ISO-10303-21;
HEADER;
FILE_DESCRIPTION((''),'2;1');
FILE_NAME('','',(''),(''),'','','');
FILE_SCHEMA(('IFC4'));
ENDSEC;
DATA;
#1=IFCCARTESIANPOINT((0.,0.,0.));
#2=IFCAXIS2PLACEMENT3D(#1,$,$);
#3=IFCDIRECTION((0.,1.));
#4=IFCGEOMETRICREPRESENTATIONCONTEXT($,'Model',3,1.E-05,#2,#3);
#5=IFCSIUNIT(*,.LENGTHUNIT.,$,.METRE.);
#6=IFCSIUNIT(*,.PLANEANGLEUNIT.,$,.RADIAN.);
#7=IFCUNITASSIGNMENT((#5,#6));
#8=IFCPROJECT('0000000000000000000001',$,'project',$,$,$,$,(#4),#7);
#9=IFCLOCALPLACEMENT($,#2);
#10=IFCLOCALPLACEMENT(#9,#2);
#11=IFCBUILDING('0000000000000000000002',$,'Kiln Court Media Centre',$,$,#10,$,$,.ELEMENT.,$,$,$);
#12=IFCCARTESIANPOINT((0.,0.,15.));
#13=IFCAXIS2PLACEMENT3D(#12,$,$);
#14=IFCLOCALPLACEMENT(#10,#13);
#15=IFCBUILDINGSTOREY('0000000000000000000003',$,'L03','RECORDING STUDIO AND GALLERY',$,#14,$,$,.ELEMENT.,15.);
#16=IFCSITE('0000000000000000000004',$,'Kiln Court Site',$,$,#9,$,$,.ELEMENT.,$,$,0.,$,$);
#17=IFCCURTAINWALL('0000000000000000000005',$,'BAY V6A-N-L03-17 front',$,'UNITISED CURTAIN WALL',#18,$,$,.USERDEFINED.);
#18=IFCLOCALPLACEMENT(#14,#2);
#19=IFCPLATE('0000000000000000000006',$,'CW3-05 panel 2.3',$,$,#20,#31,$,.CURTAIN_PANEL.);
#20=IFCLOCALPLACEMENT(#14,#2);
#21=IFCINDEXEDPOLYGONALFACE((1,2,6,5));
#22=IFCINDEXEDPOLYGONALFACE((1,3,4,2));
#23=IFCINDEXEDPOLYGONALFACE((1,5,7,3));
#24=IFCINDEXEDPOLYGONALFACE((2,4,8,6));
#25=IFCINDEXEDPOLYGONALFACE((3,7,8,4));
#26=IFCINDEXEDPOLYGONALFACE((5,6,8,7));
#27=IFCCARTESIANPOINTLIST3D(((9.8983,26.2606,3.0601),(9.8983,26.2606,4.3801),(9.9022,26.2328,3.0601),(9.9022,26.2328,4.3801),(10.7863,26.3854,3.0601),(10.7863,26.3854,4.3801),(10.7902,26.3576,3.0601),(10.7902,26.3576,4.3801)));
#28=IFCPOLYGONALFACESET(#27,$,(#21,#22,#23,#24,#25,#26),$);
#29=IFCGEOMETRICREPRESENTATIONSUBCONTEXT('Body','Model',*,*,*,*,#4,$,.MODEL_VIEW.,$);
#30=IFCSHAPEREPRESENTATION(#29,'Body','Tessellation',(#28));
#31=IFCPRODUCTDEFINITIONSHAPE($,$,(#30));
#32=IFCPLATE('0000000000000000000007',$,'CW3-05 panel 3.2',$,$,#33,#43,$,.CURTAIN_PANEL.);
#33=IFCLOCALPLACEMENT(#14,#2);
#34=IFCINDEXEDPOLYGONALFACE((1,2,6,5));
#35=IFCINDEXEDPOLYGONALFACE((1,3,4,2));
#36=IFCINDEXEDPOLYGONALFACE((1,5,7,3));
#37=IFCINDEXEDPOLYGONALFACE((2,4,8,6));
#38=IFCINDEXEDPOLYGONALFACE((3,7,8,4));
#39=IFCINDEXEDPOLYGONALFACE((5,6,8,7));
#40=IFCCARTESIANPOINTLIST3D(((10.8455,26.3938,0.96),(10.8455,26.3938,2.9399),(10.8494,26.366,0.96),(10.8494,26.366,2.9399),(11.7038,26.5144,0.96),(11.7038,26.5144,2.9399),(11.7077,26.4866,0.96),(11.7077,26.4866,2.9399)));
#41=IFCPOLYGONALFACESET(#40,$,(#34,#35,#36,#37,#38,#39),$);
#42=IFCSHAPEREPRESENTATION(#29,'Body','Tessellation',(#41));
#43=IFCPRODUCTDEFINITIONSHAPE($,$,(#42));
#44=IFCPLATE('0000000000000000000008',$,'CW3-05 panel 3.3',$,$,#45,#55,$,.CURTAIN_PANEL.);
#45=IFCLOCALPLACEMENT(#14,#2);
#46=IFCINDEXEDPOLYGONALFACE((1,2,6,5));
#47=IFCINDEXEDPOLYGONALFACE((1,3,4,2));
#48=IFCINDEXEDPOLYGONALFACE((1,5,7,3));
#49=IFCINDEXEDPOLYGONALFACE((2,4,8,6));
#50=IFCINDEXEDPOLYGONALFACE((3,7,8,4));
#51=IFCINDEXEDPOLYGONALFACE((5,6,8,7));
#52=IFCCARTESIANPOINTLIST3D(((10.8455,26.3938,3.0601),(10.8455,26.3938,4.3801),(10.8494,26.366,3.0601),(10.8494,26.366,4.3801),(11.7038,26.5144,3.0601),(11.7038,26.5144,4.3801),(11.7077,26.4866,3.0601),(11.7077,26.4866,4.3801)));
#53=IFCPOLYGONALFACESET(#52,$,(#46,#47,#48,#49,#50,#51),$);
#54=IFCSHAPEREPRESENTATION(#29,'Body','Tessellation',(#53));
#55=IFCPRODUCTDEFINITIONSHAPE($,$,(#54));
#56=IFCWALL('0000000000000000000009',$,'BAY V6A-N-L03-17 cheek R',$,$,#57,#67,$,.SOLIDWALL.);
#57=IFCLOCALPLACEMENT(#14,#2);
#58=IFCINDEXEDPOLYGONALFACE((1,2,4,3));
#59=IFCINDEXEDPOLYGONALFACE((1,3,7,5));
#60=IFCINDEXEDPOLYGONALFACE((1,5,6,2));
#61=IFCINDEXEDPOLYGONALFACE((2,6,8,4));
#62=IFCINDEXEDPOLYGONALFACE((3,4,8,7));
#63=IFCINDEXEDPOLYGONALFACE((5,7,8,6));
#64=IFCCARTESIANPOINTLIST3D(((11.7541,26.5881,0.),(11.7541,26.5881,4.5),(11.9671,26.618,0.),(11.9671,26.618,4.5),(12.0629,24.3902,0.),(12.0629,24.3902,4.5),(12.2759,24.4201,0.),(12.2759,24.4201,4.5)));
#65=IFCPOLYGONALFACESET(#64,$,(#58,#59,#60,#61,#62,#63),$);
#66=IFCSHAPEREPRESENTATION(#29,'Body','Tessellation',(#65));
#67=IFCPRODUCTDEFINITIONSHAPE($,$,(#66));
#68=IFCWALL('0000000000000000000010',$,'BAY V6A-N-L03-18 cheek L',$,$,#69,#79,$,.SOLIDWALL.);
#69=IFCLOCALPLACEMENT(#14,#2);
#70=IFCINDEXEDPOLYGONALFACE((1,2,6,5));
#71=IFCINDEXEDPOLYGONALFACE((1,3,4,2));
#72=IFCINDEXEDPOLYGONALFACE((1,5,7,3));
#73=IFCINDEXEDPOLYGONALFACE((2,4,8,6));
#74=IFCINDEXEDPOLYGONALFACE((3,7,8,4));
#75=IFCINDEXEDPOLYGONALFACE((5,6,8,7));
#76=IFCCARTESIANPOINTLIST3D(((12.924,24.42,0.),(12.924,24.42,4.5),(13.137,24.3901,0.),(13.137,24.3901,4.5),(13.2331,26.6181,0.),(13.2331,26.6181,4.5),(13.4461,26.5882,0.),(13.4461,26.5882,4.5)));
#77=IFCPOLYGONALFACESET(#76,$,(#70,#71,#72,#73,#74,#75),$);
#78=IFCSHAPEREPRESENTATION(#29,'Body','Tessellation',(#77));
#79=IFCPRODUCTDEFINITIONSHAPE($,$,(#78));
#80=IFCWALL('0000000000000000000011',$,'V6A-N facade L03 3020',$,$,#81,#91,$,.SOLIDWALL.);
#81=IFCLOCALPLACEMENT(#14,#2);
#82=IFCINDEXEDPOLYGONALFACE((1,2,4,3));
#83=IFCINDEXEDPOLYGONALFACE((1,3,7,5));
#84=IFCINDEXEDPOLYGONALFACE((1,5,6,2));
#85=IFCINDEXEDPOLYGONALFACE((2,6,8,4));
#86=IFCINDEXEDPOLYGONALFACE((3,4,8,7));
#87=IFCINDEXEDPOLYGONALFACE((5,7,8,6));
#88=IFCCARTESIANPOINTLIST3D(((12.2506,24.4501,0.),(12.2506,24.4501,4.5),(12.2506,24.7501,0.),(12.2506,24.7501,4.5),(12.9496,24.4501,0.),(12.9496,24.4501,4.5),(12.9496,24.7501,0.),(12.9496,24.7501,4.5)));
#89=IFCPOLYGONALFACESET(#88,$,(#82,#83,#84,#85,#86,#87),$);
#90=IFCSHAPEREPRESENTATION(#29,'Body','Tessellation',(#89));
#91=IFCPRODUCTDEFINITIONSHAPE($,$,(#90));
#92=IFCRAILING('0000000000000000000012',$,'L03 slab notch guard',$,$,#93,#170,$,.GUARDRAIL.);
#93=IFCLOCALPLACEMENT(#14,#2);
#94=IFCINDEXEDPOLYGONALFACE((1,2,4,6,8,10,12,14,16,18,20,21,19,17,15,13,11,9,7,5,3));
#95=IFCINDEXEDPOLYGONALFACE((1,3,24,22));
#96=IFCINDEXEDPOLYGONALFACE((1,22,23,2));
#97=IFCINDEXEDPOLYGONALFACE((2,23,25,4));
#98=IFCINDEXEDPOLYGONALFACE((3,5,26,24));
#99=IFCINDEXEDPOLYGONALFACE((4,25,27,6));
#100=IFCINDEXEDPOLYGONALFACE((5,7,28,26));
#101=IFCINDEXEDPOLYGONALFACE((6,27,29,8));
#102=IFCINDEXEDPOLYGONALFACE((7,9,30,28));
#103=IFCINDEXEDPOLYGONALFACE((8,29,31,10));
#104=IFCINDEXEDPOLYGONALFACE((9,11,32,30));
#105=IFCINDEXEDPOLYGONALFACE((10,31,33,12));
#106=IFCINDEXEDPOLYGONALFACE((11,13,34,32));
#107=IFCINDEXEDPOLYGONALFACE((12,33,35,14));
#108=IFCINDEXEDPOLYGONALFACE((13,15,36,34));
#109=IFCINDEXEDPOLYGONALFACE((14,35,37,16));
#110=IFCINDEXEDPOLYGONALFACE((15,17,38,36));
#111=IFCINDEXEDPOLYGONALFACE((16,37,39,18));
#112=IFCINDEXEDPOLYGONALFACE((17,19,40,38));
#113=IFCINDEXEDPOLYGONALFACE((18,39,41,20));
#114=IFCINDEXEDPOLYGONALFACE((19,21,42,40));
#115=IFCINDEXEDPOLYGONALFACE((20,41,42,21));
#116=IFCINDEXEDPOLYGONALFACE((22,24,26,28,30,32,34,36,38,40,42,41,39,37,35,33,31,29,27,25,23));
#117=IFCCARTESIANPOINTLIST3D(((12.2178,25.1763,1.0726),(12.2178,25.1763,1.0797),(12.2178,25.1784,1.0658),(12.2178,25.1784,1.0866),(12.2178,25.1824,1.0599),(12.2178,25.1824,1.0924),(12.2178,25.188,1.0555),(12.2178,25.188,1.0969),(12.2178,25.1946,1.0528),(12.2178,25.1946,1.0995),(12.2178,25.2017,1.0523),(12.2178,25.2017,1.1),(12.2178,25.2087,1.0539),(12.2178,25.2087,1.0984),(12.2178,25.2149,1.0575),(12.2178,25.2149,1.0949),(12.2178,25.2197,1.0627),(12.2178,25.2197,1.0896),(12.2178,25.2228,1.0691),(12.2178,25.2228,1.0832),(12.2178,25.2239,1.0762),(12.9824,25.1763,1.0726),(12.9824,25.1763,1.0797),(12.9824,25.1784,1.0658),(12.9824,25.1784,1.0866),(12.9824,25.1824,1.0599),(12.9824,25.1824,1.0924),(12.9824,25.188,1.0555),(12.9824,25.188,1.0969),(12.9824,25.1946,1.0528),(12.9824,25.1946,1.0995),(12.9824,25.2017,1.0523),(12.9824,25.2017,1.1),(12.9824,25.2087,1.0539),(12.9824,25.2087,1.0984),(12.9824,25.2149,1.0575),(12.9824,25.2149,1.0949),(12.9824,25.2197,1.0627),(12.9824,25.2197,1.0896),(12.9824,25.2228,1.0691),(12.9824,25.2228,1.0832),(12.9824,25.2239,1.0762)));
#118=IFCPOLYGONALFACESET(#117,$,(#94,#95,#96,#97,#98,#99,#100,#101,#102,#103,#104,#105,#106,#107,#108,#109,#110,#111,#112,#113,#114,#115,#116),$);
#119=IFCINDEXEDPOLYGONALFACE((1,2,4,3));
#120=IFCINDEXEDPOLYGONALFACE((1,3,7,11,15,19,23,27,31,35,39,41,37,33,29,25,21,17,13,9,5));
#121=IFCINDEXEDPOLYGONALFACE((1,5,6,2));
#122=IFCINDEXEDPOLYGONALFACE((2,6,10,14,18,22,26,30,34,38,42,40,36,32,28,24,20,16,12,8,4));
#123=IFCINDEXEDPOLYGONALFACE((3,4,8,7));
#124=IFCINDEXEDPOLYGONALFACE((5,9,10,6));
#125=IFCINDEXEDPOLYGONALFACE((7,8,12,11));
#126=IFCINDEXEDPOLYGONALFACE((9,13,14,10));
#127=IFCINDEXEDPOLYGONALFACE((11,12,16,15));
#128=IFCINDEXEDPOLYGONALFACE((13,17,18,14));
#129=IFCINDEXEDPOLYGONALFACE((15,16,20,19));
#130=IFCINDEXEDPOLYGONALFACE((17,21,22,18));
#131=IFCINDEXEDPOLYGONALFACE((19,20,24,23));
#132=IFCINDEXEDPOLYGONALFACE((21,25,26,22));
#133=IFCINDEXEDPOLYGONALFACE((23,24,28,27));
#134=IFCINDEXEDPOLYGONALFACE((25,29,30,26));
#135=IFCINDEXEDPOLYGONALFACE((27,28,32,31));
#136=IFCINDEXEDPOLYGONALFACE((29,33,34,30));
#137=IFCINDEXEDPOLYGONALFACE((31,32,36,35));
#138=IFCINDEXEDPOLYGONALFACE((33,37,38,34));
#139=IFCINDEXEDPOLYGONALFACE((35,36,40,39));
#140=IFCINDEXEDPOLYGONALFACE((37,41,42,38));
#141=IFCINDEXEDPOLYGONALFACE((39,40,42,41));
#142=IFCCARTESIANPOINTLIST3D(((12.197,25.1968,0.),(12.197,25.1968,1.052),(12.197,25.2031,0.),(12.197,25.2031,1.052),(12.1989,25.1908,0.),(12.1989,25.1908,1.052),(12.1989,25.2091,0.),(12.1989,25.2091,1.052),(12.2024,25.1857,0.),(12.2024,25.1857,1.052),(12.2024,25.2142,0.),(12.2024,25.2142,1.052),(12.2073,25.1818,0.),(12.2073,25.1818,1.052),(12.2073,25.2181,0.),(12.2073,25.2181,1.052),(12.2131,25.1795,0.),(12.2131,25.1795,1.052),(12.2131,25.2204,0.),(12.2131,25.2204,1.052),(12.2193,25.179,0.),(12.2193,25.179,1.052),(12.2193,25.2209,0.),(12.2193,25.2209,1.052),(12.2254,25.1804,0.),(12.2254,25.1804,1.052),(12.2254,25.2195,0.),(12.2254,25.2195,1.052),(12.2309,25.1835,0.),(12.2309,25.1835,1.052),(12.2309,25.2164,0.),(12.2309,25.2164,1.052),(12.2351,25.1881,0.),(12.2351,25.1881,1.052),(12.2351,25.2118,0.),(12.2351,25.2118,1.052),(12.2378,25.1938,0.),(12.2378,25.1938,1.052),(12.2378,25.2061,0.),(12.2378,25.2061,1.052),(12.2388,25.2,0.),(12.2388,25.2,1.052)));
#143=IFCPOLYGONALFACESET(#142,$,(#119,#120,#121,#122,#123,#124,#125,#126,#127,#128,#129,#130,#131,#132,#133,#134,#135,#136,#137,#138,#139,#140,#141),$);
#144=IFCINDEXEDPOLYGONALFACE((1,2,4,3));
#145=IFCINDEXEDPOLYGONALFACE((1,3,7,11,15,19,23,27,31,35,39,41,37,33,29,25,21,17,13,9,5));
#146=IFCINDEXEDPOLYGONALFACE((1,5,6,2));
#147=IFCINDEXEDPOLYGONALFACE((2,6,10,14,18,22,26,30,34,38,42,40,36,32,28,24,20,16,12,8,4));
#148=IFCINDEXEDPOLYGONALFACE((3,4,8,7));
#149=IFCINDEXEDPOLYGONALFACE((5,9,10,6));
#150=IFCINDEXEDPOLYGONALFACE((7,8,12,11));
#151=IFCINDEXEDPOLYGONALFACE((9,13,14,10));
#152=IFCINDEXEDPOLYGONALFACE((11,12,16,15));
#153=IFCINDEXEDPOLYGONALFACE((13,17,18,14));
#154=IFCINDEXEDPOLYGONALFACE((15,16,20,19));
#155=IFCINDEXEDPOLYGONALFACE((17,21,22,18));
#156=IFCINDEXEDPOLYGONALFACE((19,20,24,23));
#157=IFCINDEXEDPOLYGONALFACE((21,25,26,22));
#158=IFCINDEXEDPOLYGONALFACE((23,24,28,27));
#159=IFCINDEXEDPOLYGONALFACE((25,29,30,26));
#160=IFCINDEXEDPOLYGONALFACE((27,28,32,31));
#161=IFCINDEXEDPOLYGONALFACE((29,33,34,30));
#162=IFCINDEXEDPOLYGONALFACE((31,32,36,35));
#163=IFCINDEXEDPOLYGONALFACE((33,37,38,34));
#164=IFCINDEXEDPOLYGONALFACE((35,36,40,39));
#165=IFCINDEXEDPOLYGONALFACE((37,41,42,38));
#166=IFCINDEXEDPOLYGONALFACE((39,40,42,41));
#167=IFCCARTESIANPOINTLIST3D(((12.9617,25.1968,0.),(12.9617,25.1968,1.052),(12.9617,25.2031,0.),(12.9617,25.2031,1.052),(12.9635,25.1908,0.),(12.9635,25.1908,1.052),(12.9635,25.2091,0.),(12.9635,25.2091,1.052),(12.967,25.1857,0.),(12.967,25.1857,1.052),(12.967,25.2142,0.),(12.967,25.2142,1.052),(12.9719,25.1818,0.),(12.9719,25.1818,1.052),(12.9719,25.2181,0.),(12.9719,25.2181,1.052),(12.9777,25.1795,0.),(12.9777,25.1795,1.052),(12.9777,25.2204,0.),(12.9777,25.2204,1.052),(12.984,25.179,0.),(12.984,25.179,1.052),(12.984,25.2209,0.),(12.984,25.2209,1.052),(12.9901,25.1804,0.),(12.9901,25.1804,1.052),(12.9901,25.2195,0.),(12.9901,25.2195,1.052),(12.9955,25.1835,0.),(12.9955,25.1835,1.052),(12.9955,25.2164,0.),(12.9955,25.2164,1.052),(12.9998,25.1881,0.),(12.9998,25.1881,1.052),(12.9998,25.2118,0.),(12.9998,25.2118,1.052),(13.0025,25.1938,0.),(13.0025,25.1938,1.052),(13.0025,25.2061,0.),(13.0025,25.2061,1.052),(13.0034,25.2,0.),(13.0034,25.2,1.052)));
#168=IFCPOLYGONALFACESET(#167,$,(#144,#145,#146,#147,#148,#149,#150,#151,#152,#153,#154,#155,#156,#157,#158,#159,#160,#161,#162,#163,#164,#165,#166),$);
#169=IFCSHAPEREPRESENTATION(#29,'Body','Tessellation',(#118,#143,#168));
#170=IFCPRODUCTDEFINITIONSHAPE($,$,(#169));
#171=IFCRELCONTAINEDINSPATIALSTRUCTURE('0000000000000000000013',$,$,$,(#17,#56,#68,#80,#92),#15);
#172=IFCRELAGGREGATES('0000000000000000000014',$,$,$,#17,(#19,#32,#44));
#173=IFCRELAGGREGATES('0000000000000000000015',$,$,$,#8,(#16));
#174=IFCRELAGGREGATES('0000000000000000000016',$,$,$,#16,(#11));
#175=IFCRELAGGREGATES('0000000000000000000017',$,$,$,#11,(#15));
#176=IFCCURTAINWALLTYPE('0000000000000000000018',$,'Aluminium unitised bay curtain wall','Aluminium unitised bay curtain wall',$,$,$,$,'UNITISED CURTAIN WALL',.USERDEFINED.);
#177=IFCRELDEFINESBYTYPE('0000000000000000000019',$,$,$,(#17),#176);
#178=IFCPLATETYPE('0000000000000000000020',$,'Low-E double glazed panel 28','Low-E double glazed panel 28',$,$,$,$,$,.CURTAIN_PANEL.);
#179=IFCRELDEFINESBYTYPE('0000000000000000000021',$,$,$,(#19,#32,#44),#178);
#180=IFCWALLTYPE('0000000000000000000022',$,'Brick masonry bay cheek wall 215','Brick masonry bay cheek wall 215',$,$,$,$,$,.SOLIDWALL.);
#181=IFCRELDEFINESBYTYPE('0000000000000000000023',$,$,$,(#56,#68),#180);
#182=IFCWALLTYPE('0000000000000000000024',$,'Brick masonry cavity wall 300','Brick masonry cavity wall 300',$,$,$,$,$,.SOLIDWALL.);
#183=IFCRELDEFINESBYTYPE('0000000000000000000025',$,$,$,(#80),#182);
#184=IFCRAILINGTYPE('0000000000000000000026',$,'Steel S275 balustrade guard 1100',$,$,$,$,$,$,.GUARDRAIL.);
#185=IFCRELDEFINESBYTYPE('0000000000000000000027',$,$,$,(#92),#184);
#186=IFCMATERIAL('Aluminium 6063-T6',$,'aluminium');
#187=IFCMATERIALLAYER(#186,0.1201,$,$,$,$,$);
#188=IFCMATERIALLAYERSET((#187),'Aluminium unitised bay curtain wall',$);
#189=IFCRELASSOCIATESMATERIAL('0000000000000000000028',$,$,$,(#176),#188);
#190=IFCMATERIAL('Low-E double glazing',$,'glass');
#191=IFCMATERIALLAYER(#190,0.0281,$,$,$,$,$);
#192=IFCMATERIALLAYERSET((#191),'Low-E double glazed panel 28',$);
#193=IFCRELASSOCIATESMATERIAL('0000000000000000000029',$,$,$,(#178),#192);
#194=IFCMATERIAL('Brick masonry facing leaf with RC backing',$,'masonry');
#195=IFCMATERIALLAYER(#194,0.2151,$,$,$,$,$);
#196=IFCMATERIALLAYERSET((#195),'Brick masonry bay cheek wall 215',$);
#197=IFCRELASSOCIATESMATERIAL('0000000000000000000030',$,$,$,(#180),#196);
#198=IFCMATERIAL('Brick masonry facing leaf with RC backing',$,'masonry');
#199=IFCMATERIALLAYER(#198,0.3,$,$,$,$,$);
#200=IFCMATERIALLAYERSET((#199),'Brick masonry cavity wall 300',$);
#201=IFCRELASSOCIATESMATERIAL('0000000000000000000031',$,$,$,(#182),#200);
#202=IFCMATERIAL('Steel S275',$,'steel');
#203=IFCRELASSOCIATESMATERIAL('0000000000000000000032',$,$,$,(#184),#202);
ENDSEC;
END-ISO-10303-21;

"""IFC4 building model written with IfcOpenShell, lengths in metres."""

from ifc_helpers import new_model, si_unit, direction, frame, frame_2d, origin, origin_2d, place, context, subcontext, project, spatial, rectangle, circle, extrude, material, layer, layer_set, type_object, element, aggregate, save


model = new_model("IFC4")

# Units and contexts
model_context = context("Model", 3, precision=1e-05, world=origin(), true_north=direction((0.0, 1.0)))
body_context = subcontext(model_context, "Body", "Model", "MODEL_VIEW")
ifc_project = project(units=[si_unit("LENGTHUNIT", "METRE"), si_unit("PLANEANGLEUNIT", "RADIAN")], contexts=[model_context])

# Site, building, storey
site_placement = place(None, origin())
site = spatial("IfcSite", under=ifc_project, at=site_placement, Name="Kiln Court Site", CompositionType="ELEMENT", RefElevation=0.0)
building_placement = place(site_placement, origin())
building = spatial("IfcBuilding", under=site, at=building_placement, Name="Kiln Court Media Centre", CompositionType="ELEMENT")
storey_placement = place(building_placement, frame((0.0, 0.0, 15.0)))
storey = spatial("IfcBuildingStorey", under=building, at=storey_placement, Name="L03", Description="RECORDING STUDIO AND GALLERY", CompositionType="ELEMENT", Elevation=15.0)

# Curtain wall
ifc_material_1 = material(Name="Aluminium 6063-T6", Category="aluminium")
ifc_layer_1 = layer(ifc_material_1, 0.1201)
ifc_layer_set_1 = layer_set([ifc_layer_1], Name="Aluminium unitised bay curtain wall")
curtain_wall_type = type_object("IfcCurtainWallType", Name="Aluminium unitised bay curtain wall", Description="Aluminium unitised bay curtain wall", ElementType="UNITISED CURTAIN WALL", PredefinedType="USERDEFINED", material=ifc_layer_set_1)
curtain_wall_1_placement = place(storey_placement, origin())
curtain_wall_1 = element("IfcCurtainWall", 1, at=curtain_wall_1_placement, inside=storey, type_object=curtain_wall_type, Name="BAY V6A-N-L03-17 front", ObjectType="UNITISED CURTAIN WALL", PredefinedType="USERDEFINED")

# Plates
ifc_material_2 = material(Name="Low-E double glazing", Category="glass")
ifc_layer_2 = layer(ifc_material_2, 0.0281)
ifc_layer_set_2 = layer_set([ifc_layer_2], Name="Low-E double glazed panel 28")
plate_type_1 = type_object("IfcPlateType", Name="Low-E double glazed panel 28", Description="Low-E double glazed panel 28", PredefinedType="CURTAIN_PANEL", material=ifc_layer_set_2)
plate_1_placement = place(storey_placement, frame((10.3442, 26.3091, 3.0601), z_axis=(0.0, 0.0, 1.0), x_axis=(0.99027, 0.139162, 0.0)))
plate_1 = element("IfcPlate", 2, at=plate_1_placement, type_object=plate_type_1, Name="CW3-05 panel 2.3", PredefinedType="CURTAIN_PANEL", context=body_context, shape_type="SweptSolid", body=[
    extrude(rectangle(XDim=0.8967, YDim=0.0281, at=origin_2d()), origin(), (0.0, 0.0, 1.0), 1.3201),
])
plate_2_placement = place(storey_placement, frame((11.2766, 26.4402, 0.96), z_axis=(0.0, 0.0, 1.0), x_axis=(0.99027, 0.139162, 0.0)))
plate_2 = element("IfcPlate", 3, at=plate_2_placement, type_object=plate_type_1, Name="CW3-05 panel 3.2", PredefinedType="CURTAIN_PANEL", context=body_context, shape_type="SweptSolid", body=[
    extrude(rectangle(XDim=0.8667, YDim=0.0281, at=origin_2d()), origin(), (0.0, 0.0, 1.0), 1.98),
])
plate_3_placement = place(storey_placement, frame((11.2766, 26.4402, 3.0601), z_axis=(0.0, 0.0, 1.0), x_axis=(0.99027, 0.139162, 0.0)))
plate_3 = element("IfcPlate", 4, at=plate_3_placement, type_object=plate_type_1, Name="CW3-05 panel 3.3", PredefinedType="CURTAIN_PANEL", context=body_context, shape_type="SweptSolid", body=[
    extrude(rectangle(XDim=0.8667, YDim=0.0281, at=origin_2d()), origin(), (0.0, 0.0, 1.0), 1.3201),
])
aggregate(curtain_wall_1, [plate_1, plate_2, plate_3])

# Walls
ifc_material_3 = material(Name="Brick masonry facing leaf with RC backing", Category="masonry")
ifc_layer_3 = layer(ifc_material_3, 0.2151)
ifc_layer_set_3 = layer_set([ifc_layer_3], Name="Brick masonry bay cheek wall 215")
wall_type_1 = type_object("IfcWallType", Name="Brick masonry bay cheek wall 215", Description="Brick masonry bay cheek wall 215", PredefinedType="SOLIDWALL", material=ifc_layer_set_3)
wall_1_placement = place(storey_placement, frame((12.1694, 24.405, 0.0), z_axis=(0.0, 0.0, 1.0), x_axis=(-0.139142, 0.990272, 0.0)))
element("IfcWall", 5, at=wall_1_placement, inside=storey, type_object=wall_type_1, Name="BAY V6A-N-L03-17 cheek R", PredefinedType="SOLIDWALL", context=body_context, shape_type="SweptSolid", body=[
    extrude(rectangle(XDim=2.2195, YDim=0.2151, at=frame_2d((1.1099, 0.0))), origin(), (0.0, 0.0, 1.0), 4.5),
])
wall_2_placement = place(storey_placement, frame((13.0305, 24.405, 0.0), z_axis=(0.0, 0.0, 1.0), x_axis=(0.13925, 0.990257, 0.0)))
element("IfcWall", 6, at=wall_2_placement, inside=storey, type_object=wall_type_1, Name="BAY V6A-N-L03-18 cheek L", PredefinedType="SOLIDWALL", context=body_context, shape_type="SweptSolid", body=[
    extrude(rectangle(XDim=2.2197, YDim=0.2151, at=frame_2d((1.1099, 0.0))), origin(), (0.0, 0.0, 1.0), 4.5),
])
ifc_material_4 = material(Name="Brick masonry facing leaf with RC backing", Category="masonry")
ifc_layer_4 = layer(ifc_material_4, 0.3)
ifc_layer_set_4 = layer_set([ifc_layer_4], Name="Brick masonry cavity wall 300")
wall_type_2 = type_object("IfcWallType", Name="Brick masonry cavity wall 300", Description="Brick masonry cavity wall 300", PredefinedType="SOLIDWALL", material=ifc_layer_set_4)
wall_3_placement = place(storey_placement, frame((12.2505, 24.6001, 0.0), z_axis=(0.0, 0.0, 1.0), x_axis=(1.0, 0.0, 0.0)))
element("IfcWall", 7, at=wall_3_placement, inside=storey, type_object=wall_type_2, Name="V6A-N facade L03 3020", PredefinedType="SOLIDWALL", context=body_context, shape_type="SweptSolid", body=[
    extrude(rectangle(XDim=0.699, YDim=0.3, at=frame_2d((0.3496, 0.0))), origin(), (0.0, 0.0, 1.0), 4.5),
])

# Railing
ifc_material_5 = material(Name="Steel S275", Category="steel")
railing_type = type_object("IfcRailingType", Name="Steel S275 balustrade guard 1100", PredefinedType="GUARDRAIL", material=ifc_material_5)
railing_placement = place(storey_placement, frame((12.2178, 25.2, 0.0)))
element("IfcRailing", 8, at=railing_placement, inside=storey, type_object=railing_type, Name="L03 slab notch guard", PredefinedType="GUARDRAIL", context=body_context, shape_type="SweptSolid", body=[
    extrude(circle(Radius=0.0239, at=origin_2d()), frame((0.0, 0.0, 1.0762), z_axis=(1.0, 0.0, 0.0), x_axis=(0.0, 1.0, 0.0)), (0.0, 0.0, 1.0), 0.7646),
    extrude(circle(Radius=0.021, at=origin_2d()), origin(), (0.0, 0.0, 1.0), 1.052),
    extrude(circle(Radius=0.021, at=origin_2d()), frame((0.7646, 0.0, 0.0)), (0.0, 0.0, 1.0), 1.052),
])

save(model, "model.ifc")
